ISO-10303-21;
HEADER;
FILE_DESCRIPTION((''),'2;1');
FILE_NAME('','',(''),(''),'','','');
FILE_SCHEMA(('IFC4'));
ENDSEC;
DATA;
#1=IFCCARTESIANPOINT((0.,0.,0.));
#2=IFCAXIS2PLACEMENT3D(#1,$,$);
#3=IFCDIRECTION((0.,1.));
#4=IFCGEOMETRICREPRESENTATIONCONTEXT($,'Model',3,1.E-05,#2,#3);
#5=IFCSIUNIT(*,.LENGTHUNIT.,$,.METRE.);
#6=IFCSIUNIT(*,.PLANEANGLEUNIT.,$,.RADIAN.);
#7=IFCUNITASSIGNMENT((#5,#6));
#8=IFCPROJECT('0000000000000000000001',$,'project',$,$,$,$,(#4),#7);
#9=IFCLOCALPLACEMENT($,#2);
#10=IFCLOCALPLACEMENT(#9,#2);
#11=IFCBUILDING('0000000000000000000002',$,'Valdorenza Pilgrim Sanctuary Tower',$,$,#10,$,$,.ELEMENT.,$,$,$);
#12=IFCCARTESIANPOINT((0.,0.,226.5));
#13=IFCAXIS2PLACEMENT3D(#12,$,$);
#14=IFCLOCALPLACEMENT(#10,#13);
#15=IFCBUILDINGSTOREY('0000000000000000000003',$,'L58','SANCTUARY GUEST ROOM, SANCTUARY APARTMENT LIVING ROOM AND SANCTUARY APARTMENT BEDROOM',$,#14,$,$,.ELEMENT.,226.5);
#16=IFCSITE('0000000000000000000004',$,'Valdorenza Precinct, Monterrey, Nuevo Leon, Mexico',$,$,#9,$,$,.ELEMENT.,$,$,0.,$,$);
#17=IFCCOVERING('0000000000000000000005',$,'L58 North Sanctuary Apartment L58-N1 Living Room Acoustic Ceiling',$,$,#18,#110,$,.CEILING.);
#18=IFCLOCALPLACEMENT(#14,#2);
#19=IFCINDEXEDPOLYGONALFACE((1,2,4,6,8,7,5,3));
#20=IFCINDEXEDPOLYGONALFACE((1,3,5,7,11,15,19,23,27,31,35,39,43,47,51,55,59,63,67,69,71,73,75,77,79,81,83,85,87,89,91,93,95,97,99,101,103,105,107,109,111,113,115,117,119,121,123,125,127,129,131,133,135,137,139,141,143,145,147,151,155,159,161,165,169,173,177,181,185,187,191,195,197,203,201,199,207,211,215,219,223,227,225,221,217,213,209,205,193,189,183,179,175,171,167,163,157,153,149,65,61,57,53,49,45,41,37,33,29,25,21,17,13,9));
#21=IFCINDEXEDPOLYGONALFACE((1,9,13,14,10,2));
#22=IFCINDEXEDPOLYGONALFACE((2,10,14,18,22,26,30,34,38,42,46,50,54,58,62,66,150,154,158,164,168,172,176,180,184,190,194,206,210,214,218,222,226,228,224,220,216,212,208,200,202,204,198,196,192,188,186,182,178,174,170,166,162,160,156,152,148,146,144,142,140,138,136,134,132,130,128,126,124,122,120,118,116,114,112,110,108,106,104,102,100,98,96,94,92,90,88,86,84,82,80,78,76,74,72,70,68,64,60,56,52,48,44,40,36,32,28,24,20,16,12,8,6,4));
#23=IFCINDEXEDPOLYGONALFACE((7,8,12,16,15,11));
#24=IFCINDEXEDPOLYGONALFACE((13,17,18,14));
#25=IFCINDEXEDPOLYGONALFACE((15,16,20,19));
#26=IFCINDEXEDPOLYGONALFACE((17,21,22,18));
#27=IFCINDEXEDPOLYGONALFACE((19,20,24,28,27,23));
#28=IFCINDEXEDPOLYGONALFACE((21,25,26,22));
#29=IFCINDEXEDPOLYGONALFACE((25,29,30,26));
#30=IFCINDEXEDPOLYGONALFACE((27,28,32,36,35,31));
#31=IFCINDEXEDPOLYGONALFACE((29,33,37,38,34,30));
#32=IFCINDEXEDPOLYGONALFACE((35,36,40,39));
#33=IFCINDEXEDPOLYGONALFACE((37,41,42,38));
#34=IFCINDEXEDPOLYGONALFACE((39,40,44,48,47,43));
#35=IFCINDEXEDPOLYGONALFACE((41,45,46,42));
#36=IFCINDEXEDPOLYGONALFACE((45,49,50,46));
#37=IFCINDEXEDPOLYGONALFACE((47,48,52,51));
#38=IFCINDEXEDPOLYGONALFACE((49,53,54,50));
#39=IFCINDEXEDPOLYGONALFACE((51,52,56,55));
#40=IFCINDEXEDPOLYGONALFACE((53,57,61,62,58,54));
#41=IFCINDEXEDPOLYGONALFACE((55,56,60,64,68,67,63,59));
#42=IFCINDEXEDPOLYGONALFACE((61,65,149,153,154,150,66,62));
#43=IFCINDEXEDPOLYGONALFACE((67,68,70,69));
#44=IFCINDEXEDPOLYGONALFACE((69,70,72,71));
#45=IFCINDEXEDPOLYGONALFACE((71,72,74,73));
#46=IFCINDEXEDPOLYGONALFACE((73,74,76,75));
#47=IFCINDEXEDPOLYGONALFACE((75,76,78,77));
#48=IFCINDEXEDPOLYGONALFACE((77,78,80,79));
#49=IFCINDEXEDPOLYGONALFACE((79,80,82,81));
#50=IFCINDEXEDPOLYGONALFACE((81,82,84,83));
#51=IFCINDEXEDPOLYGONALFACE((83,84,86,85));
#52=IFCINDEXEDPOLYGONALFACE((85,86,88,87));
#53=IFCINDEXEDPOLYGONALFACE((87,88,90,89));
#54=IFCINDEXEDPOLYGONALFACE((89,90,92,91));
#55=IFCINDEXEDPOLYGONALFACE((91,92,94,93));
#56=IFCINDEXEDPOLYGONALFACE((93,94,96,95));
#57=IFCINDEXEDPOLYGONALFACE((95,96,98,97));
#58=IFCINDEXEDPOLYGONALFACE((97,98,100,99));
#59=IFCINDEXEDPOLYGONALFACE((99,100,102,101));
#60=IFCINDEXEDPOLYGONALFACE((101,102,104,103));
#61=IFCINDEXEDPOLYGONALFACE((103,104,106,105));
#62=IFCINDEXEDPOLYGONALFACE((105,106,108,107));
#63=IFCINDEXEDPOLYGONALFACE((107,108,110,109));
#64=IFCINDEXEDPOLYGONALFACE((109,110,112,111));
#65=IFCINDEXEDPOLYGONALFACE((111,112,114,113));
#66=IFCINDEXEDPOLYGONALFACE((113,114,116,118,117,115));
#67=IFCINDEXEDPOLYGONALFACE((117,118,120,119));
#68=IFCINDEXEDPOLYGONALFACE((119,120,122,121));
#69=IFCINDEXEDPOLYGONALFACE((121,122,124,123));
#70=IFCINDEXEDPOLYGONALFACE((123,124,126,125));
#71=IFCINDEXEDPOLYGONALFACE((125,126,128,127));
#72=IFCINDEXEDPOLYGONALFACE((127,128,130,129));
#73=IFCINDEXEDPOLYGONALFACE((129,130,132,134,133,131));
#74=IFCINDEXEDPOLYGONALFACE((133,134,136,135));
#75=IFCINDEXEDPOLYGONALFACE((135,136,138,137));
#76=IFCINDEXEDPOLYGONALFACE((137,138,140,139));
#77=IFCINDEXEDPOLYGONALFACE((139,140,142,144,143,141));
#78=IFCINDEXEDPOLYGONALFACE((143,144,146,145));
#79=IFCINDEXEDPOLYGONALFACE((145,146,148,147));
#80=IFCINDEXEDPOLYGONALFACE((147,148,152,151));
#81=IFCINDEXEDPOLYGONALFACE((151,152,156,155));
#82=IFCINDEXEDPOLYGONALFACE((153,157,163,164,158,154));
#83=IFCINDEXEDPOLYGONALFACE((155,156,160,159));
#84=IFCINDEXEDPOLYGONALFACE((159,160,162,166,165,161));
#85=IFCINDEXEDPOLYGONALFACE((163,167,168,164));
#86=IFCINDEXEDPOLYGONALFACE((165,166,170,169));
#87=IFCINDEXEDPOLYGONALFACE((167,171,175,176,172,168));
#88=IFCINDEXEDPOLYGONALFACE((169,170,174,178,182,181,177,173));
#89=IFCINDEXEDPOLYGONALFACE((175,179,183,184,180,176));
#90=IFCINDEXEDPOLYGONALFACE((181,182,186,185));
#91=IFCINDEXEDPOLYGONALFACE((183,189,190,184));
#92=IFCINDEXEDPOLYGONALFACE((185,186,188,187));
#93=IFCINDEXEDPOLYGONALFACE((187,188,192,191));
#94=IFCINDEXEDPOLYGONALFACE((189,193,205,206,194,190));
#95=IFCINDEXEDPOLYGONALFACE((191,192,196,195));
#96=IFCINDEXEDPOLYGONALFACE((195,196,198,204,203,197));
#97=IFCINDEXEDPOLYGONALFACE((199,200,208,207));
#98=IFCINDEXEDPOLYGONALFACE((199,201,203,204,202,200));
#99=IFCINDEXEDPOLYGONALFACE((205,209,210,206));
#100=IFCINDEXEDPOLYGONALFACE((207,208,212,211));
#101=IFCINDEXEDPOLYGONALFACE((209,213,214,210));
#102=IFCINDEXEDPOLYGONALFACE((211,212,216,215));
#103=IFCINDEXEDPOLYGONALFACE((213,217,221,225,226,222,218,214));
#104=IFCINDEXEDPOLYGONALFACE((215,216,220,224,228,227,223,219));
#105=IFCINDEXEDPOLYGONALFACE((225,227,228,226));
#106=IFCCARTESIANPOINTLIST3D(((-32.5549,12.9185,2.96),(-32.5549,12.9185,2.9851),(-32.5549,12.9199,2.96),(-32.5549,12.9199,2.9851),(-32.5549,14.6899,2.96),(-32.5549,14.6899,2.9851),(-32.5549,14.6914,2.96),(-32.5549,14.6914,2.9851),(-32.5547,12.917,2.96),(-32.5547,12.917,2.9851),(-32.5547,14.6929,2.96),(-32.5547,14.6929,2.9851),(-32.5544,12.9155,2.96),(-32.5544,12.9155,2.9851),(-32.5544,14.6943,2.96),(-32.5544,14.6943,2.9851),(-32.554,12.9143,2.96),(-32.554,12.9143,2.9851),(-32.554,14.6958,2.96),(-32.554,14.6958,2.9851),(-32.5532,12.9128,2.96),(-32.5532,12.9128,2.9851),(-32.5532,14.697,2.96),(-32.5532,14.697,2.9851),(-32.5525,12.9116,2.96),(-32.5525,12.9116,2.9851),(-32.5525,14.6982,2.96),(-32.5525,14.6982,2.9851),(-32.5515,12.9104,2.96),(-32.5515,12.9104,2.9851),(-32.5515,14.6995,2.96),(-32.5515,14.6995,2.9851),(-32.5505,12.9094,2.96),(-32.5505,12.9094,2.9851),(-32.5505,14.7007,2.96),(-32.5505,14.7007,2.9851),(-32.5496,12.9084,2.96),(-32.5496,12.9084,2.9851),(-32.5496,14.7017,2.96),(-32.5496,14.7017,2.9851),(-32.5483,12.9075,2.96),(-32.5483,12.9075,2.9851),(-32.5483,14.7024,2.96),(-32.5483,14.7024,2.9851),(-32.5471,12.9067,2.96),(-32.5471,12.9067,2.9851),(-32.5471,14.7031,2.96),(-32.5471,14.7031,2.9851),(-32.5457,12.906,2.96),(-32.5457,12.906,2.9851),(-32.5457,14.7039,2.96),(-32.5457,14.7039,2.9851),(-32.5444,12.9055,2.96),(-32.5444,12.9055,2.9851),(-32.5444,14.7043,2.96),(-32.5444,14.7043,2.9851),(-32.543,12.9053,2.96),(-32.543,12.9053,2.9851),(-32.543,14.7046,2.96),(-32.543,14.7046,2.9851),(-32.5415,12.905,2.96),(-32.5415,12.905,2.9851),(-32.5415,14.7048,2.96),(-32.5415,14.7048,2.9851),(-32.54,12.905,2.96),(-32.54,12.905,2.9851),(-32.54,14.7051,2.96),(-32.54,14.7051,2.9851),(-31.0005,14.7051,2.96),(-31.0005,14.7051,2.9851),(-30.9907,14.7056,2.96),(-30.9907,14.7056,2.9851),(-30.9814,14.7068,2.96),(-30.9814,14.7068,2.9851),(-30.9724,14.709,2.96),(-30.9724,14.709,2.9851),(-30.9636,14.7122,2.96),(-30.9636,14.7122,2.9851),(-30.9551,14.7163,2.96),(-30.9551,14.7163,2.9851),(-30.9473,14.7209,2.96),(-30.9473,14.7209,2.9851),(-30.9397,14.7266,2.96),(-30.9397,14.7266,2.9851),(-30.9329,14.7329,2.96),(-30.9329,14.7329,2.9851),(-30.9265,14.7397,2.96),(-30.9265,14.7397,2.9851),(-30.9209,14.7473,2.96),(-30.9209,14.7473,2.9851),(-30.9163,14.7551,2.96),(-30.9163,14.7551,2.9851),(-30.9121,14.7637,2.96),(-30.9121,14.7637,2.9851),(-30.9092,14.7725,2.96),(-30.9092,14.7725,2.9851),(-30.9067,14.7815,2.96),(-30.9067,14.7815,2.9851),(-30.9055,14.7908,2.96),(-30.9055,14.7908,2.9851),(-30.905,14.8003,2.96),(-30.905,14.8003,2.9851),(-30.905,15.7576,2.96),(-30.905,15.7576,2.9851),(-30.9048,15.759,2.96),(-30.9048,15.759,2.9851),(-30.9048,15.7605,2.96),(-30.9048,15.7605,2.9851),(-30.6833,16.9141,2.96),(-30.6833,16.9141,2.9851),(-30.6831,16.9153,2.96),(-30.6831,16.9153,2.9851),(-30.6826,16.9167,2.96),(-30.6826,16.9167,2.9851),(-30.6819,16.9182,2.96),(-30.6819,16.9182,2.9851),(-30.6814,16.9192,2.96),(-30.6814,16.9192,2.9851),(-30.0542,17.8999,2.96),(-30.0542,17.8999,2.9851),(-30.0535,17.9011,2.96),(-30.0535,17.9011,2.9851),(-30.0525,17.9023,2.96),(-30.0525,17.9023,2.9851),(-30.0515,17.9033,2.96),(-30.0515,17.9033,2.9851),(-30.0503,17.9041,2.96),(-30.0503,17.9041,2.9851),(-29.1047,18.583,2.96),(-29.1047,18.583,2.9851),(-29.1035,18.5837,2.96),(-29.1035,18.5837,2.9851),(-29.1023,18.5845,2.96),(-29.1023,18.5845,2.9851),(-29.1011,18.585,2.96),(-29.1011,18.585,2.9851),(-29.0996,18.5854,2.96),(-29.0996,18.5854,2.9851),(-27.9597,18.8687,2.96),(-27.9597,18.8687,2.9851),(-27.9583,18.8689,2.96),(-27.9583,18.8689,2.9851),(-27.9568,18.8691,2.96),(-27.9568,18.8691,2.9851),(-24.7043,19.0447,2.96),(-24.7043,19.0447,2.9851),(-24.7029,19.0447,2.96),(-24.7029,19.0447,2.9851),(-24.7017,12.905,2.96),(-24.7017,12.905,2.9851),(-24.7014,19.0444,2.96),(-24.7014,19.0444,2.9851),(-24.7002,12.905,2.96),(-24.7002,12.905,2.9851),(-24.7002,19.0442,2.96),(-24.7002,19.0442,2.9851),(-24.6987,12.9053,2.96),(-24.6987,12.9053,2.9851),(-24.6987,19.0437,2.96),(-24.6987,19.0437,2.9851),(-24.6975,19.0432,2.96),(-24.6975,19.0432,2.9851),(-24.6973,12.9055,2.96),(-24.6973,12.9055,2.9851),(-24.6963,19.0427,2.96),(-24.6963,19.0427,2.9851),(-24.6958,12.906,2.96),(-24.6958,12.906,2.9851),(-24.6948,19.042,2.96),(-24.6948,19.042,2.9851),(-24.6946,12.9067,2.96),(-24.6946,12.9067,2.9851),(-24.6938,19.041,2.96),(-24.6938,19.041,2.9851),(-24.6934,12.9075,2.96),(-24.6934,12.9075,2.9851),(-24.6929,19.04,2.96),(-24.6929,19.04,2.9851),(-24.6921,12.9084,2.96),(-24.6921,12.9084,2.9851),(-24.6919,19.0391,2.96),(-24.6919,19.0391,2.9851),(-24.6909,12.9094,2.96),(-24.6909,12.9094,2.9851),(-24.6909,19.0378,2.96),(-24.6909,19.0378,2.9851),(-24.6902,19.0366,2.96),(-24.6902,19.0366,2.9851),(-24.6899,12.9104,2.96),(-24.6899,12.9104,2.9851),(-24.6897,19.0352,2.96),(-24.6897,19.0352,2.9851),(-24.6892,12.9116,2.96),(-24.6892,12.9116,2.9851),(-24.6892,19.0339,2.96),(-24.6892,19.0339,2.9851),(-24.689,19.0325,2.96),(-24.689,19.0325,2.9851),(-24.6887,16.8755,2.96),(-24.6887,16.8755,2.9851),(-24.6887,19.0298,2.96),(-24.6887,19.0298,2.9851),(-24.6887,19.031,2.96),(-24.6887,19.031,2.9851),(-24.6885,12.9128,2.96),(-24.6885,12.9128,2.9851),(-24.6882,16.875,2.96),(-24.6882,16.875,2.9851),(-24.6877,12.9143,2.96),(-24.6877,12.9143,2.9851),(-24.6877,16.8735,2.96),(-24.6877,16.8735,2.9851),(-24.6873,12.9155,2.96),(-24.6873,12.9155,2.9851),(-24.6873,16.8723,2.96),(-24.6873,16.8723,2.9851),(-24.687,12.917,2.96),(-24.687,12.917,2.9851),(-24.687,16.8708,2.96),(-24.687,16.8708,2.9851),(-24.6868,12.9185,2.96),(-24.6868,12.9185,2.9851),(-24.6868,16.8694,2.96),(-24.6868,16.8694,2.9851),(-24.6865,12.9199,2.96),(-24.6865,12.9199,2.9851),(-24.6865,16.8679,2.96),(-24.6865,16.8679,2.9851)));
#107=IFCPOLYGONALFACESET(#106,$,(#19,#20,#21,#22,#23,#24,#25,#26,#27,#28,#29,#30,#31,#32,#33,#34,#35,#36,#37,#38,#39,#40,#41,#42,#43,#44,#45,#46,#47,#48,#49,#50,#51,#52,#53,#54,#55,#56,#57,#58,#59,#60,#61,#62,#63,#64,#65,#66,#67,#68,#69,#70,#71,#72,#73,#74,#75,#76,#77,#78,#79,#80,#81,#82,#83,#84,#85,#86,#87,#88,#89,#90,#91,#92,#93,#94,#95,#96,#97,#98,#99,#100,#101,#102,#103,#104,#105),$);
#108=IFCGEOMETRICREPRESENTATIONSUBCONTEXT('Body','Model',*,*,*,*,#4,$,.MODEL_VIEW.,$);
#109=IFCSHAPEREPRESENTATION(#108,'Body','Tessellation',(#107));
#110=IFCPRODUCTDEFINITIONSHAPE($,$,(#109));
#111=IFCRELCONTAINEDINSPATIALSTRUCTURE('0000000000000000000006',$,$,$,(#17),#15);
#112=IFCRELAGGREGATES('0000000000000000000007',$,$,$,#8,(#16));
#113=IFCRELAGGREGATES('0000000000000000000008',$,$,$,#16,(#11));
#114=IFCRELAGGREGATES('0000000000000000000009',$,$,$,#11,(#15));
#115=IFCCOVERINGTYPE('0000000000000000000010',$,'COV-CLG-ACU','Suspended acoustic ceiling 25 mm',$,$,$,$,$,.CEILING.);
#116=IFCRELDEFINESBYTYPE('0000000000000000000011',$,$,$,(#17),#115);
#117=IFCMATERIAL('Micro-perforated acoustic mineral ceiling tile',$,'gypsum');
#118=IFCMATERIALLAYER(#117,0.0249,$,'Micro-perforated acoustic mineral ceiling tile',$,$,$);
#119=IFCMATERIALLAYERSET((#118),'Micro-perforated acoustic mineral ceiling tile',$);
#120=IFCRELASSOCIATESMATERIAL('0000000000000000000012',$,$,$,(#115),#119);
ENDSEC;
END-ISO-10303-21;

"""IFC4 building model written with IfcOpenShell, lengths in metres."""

from ifc_helpers import new_model, si_unit, direction, frame, origin, place, context, subcontext, project, spatial, polyline, outline, extrude, material, layer, layer_set, type_object, element, save


model = new_model("IFC4")

# Units and contexts
model_context = context("Model", 3, precision=1e-05, world=origin(), true_north=direction((0.0, 1.0)))
body_context = subcontext(model_context, "Body", "Model", "MODEL_VIEW")
ifc_project = project(units=[si_unit("LENGTHUNIT", "METRE"), si_unit("PLANEANGLEUNIT", "RADIAN")], contexts=[model_context])

# Site, building, storey
site_placement = place(None, origin())
site = spatial("IfcSite", under=ifc_project, at=site_placement, Name="Valdorenza Precinct, Monterrey, Nuevo Leon, Mexico", CompositionType="ELEMENT", RefElevation=0.0)
building_placement = place(site_placement, origin())
building = spatial("IfcBuilding", under=site, at=building_placement, Name="Valdorenza Pilgrim Sanctuary Tower", CompositionType="ELEMENT")
storey_placement = place(building_placement, frame((0.0, 0.0, 226.5)))
storey = spatial("IfcBuildingStorey", under=building, at=storey_placement, Name="L58", Description="SANCTUARY GUEST ROOM, SANCTUARY APARTMENT LIVING ROOM AND SANCTUARY APARTMENT BEDROOM", CompositionType="ELEMENT", Elevation=226.5)

# Covering
ifc_material_1 = material(Name="Micro-perforated acoustic mineral ceiling tile", Category="gypsum")
ifc_layer_1 = layer(ifc_material_1, 0.0249, Name="Micro-perforated acoustic mineral ceiling tile")
ifc_layer_set_1 = layer_set([ifc_layer_1], Name="Micro-perforated acoustic mineral ceiling tile")
covering_type_1 = type_object("IfcCoveringType", Name="COV-CLG-ACU", Description="Suspended acoustic ceiling 25 mm", PredefinedType="CEILING", material=ifc_layer_set_1)
covering_1_placement = place(storey_placement, frame((0.0, 0.0, 2.96)))
element("IfcCovering", 1, at=covering_1_placement, inside=storey, type_object=covering_type_1, Name="L58 North Sanctuary Apartment L58-N1 Living Room Acoustic Ceiling", PredefinedType="CEILING", context=body_context, shape_type="SweptSolid", body=[
    extrude(outline(polyline([(-32.54, 12.905), (-32.5415, 12.905), (-32.543, 12.9053), (-32.5444, 12.9055), (-32.5457, 12.906), (-32.5471, 12.9067), (-32.5483, 12.9075), (-32.5496, 12.9084), (-32.5505, 12.9094), (-32.5515, 12.9104), (-32.5525, 12.9116), (-32.5532, 12.9128), (-32.554, 12.9143), (-32.5544, 12.9155), (-32.5547, 12.917), (-32.5549, 12.9185), (-32.5549, 12.9199), (-32.5549, 14.6899), (-32.5549, 14.6914), (-32.5547, 14.6929), (-32.5544, 14.6943), (-32.554, 14.6958), (-32.5532, 14.697), (-32.5525, 14.6982), (-32.5515, 14.6995), (-32.5505, 14.7007), (-32.5496, 14.7017), (-32.5483, 14.7024), (-32.5471, 14.7031), (-32.5457, 14.7039), (-32.5444, 14.7043), (-32.543, 14.7046), (-32.5415, 14.7048), (-32.54, 14.7051), (-31.0005, 14.7051), (-30.9907, 14.7056), (-30.9814, 14.7068), (-30.9724, 14.709), (-30.9636, 14.7122), (-30.9551, 14.7163), (-30.9473, 14.7209), (-30.9397, 14.7266), (-30.9329, 14.7329), (-30.9265, 14.7397), (-30.9209, 14.7473), (-30.9163, 14.7551), (-30.9121, 14.7637), (-30.9092, 14.7725), (-30.9067, 14.7815), (-30.9055, 14.7908), (-30.905, 14.8003), (-30.905, 15.7576), (-30.9048, 15.759), (-30.9048, 15.7605), (-30.6833, 16.9141), (-30.6831, 16.9153), (-30.6826, 16.9167), (-30.6819, 16.9182), (-30.6814, 16.9192), (-30.0542, 17.8999), (-30.0535, 17.9011), (-30.0525, 17.9023), (-30.0515, 17.9033), (-30.0503, 17.9041), (-29.1047, 18.583), (-29.1035, 18.5837), (-29.1023, 18.5845), (-29.1011, 18.585), (-29.0996, 18.5854), (-27.9597, 18.8687), (-27.9583, 18.8689), (-27.9568, 18.8691), (-24.7043, 19.0447), (-24.7029, 19.0447), (-24.7014, 19.0444), (-24.7002, 19.0442), (-24.6987, 19.0437), (-24.6975, 19.0432), (-24.6963, 19.0427), (-24.6948, 19.042), (-24.6938, 19.041), (-24.6929, 19.04), (-24.6919, 19.0391), (-24.6909, 19.0378), (-24.6902, 19.0366), (-24.6897, 19.0352), (-24.6892, 19.0339), (-24.689, 19.0325), (-24.6887, 19.031), (-24.6887, 19.0298), (-24.6887, 16.8755), (-24.6882, 16.875), (-24.6877, 16.8735), (-24.6873, 16.8723), (-24.687, 16.8708), (-24.6868, 16.8694), (-24.6865, 16.8679), (-24.6865, 12.9199), (-24.6868, 12.9185), (-24.687, 12.917), (-24.6873, 12.9155), (-24.6877, 12.9143), (-24.6885, 12.9128), (-24.6892, 12.9116), (-24.6899, 12.9104), (-24.6909, 12.9094), (-24.6921, 12.9084), (-24.6934, 12.9075), (-24.6946, 12.9067), (-24.6958, 12.906), (-24.6973, 12.9055), (-24.6987, 12.9053), (-24.7002, 12.905), (-24.7017, 12.905), (-32.54, 12.905)])), origin(), (0.0, 0.0, 1.0), 0.0251),
])

save(model, "model.ifc")
